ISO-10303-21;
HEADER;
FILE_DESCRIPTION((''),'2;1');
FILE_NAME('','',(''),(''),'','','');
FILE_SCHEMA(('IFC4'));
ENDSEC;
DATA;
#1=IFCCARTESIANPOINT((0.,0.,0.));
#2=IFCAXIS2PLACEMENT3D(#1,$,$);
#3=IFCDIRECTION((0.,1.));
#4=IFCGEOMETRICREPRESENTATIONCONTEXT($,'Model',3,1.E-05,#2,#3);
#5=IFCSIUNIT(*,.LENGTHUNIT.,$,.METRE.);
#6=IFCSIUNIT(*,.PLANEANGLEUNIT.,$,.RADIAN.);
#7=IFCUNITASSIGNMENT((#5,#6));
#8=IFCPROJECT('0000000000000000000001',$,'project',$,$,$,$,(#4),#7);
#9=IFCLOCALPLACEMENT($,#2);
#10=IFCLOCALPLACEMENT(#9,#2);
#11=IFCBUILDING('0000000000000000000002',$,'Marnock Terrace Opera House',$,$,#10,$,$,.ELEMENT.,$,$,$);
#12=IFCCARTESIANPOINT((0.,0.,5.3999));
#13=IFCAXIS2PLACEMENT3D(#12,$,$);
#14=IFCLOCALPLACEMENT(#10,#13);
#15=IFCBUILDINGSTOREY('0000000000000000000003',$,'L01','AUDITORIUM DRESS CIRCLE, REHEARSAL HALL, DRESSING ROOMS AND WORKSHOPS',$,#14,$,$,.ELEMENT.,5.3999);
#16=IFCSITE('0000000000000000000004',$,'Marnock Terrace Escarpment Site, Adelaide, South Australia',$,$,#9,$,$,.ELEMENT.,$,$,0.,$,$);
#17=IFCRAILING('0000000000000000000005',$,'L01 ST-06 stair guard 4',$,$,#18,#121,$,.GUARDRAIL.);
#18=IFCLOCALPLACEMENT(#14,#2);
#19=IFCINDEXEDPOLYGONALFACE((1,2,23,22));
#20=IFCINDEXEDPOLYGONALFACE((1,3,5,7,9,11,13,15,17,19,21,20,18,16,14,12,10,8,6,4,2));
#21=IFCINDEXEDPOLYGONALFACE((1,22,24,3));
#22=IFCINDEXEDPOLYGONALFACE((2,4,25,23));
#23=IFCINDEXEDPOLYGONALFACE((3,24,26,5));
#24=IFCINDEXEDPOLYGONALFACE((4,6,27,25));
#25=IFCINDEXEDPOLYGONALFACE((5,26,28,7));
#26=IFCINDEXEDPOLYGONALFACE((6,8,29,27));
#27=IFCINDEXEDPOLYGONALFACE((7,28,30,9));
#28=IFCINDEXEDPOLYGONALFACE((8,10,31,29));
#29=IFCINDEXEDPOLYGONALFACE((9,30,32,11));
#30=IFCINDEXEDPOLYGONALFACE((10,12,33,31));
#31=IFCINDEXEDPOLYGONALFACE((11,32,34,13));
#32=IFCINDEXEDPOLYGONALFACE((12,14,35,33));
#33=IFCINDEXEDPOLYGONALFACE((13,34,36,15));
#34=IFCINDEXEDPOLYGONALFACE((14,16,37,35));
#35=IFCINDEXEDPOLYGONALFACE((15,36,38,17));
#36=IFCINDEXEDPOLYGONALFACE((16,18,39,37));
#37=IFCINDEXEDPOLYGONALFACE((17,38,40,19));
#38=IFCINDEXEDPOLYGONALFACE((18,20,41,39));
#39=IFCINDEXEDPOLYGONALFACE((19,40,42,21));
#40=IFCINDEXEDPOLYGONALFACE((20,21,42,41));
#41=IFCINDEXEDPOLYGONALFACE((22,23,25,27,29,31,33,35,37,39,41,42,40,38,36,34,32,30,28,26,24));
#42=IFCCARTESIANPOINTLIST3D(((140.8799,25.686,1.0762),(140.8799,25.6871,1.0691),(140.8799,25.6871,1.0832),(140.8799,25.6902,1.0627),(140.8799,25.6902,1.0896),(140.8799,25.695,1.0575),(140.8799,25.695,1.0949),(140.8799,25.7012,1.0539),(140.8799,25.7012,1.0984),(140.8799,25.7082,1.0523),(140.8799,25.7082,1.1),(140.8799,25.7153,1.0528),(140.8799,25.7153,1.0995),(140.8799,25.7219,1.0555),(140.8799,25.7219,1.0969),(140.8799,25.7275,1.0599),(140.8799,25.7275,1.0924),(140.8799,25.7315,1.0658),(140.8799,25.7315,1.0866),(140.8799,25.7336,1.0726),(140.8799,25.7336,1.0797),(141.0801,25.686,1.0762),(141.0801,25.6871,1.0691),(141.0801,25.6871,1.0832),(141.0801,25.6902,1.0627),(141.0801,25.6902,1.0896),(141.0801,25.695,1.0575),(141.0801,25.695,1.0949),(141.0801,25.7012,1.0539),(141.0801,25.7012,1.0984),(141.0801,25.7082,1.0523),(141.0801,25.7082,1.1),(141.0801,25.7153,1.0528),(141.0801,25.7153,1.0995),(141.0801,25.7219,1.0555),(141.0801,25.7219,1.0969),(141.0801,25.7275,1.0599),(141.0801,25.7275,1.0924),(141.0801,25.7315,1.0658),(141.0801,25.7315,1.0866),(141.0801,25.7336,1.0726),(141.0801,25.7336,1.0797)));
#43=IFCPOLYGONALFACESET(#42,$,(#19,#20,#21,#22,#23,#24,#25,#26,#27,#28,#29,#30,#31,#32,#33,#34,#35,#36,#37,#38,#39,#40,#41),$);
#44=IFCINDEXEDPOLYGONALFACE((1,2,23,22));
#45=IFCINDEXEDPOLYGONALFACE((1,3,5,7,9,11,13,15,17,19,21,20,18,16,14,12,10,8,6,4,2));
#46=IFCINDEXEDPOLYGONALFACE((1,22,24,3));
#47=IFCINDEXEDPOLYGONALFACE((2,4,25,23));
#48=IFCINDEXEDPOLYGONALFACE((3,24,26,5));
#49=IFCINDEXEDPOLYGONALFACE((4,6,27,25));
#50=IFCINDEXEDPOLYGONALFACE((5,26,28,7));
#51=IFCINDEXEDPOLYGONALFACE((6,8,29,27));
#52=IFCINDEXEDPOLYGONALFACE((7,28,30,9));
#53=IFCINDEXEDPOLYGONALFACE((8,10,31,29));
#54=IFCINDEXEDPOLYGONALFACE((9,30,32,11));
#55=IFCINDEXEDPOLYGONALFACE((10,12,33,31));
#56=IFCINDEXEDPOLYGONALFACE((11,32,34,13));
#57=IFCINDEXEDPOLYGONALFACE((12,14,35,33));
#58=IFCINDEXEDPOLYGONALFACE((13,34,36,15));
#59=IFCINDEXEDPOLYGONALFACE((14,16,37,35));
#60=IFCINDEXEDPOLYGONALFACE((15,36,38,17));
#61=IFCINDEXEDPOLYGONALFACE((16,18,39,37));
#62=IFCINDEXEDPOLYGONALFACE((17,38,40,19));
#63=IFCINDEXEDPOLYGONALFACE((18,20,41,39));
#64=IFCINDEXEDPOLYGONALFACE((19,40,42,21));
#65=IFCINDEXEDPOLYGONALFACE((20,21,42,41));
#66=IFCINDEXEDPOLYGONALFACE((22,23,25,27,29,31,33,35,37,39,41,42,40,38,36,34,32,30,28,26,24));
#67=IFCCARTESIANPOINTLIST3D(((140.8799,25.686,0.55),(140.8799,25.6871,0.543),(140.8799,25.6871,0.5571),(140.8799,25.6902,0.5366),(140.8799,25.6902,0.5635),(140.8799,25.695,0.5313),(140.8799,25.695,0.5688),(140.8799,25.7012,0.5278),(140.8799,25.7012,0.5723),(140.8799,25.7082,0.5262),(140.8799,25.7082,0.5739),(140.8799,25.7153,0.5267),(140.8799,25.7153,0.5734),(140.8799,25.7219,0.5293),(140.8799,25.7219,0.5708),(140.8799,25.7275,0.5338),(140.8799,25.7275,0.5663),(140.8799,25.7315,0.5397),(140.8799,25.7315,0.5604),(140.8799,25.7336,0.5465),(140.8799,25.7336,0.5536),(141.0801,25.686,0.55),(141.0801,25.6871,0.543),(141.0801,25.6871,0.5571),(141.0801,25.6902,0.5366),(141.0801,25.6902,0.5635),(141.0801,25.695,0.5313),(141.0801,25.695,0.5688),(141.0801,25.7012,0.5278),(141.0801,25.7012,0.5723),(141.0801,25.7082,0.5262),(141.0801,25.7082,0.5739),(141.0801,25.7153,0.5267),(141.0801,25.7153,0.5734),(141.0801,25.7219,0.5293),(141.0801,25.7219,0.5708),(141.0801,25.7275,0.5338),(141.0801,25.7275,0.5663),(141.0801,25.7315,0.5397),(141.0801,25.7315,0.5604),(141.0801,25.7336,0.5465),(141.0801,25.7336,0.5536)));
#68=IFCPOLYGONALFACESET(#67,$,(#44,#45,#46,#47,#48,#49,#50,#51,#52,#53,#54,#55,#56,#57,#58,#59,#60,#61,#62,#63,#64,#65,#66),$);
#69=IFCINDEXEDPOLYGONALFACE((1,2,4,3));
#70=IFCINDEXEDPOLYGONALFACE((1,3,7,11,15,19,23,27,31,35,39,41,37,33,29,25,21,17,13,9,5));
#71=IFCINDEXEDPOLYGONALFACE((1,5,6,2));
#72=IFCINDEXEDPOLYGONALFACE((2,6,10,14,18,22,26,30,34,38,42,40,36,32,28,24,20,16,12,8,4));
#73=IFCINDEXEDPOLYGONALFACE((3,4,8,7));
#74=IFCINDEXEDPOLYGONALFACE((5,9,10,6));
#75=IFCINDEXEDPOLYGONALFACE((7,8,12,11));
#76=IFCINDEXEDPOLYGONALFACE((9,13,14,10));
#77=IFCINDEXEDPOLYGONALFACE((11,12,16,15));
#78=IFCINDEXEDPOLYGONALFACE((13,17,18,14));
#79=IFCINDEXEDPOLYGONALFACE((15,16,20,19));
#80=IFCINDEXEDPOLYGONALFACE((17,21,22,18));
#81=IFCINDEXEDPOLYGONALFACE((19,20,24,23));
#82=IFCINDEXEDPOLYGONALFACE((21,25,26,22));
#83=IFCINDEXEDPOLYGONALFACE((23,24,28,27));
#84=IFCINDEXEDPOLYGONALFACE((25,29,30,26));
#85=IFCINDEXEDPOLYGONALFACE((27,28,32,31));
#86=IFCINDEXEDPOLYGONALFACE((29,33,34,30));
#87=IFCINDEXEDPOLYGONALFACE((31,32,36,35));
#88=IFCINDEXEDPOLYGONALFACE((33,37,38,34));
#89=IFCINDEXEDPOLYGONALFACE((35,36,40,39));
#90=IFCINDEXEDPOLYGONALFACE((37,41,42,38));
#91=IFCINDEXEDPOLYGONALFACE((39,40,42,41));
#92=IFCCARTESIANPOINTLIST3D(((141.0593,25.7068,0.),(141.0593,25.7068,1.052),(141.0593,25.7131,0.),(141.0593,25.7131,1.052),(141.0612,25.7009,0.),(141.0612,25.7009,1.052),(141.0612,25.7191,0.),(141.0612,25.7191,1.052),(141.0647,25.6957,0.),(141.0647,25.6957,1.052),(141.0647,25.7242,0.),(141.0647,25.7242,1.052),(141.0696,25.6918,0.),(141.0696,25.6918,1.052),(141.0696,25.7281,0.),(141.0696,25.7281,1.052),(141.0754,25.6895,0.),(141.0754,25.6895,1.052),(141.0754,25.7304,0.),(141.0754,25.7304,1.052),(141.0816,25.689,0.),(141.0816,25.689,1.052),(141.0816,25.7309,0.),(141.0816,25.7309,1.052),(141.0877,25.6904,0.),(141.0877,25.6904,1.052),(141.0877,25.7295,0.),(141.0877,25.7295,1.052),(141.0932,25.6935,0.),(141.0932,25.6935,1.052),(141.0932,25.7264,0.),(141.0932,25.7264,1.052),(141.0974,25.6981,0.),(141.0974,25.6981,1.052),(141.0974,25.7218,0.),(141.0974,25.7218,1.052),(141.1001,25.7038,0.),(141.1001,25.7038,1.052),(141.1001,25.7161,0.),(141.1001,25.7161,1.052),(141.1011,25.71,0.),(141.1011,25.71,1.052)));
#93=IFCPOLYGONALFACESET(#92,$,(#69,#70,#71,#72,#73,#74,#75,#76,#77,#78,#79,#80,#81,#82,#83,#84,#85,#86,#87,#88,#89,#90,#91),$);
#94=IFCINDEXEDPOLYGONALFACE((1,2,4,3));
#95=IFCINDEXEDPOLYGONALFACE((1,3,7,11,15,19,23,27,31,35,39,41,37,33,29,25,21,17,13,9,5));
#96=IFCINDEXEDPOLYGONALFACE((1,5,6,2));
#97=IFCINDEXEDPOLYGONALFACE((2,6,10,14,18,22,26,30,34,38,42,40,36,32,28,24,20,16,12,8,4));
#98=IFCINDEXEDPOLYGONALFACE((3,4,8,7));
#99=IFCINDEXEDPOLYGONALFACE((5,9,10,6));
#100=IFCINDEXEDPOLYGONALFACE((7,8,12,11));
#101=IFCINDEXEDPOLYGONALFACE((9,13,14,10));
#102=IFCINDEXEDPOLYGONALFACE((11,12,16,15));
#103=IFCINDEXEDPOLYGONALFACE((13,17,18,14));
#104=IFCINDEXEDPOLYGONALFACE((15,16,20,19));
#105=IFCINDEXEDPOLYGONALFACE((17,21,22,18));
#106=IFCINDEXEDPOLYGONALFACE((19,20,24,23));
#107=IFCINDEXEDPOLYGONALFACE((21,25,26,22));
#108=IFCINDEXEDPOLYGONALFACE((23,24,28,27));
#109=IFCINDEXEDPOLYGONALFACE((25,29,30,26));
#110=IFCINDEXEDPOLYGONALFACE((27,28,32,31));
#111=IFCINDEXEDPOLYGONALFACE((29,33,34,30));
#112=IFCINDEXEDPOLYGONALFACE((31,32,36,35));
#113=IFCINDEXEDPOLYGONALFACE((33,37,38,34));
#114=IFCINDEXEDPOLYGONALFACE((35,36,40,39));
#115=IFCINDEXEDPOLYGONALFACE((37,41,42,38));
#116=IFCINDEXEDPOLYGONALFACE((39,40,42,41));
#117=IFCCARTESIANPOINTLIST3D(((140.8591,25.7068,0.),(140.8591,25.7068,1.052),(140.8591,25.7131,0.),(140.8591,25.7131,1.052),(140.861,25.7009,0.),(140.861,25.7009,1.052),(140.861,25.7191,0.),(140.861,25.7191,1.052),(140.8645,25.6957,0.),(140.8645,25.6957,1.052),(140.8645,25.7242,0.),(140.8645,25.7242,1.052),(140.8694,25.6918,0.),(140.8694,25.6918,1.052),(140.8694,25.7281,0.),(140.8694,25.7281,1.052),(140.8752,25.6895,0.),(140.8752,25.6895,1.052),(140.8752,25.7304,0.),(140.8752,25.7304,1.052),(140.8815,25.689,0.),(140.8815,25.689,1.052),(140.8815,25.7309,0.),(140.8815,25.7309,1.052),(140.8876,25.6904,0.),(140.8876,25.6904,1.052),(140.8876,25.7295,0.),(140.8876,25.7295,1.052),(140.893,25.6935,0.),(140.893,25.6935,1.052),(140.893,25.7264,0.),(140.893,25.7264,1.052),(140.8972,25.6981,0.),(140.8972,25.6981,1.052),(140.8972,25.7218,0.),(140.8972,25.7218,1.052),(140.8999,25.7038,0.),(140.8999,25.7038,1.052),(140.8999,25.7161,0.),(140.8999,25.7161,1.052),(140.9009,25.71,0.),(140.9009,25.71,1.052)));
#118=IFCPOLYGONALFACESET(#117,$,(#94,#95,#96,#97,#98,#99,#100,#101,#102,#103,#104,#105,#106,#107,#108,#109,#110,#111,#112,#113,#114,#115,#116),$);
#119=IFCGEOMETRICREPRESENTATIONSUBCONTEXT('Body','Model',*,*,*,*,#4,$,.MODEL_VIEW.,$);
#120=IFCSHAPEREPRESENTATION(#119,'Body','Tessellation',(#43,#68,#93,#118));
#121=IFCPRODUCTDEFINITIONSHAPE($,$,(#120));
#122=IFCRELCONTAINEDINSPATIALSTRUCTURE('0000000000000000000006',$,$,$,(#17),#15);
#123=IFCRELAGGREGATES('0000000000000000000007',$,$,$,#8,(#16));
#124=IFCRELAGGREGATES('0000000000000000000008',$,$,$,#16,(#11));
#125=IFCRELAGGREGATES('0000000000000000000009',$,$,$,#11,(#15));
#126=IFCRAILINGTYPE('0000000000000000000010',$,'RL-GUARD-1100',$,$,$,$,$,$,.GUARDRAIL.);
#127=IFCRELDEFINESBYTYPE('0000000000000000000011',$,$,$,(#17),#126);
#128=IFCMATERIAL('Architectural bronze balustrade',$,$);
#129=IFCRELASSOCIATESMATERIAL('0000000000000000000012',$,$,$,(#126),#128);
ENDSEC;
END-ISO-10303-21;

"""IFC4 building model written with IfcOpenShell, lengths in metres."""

from ifc_helpers import new_model, si_unit, direction, frame, origin, origin_2d, place, context, subcontext, project, spatial, circle, extrude, material, type_object, element, save


model = new_model("IFC4")

# Units and contexts
model_context = context("Model", 3, precision=1e-05, world=origin(), true_north=direction((0.0, 1.0)))
body_context = subcontext(model_context, "Body", "Model", "MODEL_VIEW")
ifc_project = project(units=[si_unit("LENGTHUNIT", "METRE"), si_unit("PLANEANGLEUNIT", "RADIAN")], contexts=[model_context])

# Site, building, storey
site_placement = place(None, origin())
site = spatial("IfcSite", under=ifc_project, at=site_placement, Name="Marnock Terrace Escarpment Site, Adelaide, South Australia", CompositionType="ELEMENT", RefElevation=0.0)
building_placement = place(site_placement, origin())
building = spatial("IfcBuilding", under=site, at=building_placement, Name="Marnock Terrace Opera House", CompositionType="ELEMENT")
storey_placement = place(building_placement, frame((0.0, 0.0, 5.3999)))
storey = spatial("IfcBuildingStorey", under=building, at=storey_placement, Name="L01", Description="AUDITORIUM DRESS CIRCLE, REHEARSAL HALL, DRESSING ROOMS AND WORKSHOPS", CompositionType="ELEMENT", Elevation=5.3999)

# Railing
ifc_material_1 = material(Name="Architectural bronze balustrade")
railing_type_1 = type_object("IfcRailingType", Name="RL-GUARD-1100", PredefinedType="GUARDRAIL", material=ifc_material_1)
railing_1_placement = place(storey_placement, frame((141.0801, 25.71, 0.0)))
element("IfcRailing", 1, at=railing_1_placement, inside=storey, type_object=railing_type_1, Name="L01 ST-06 stair guard 4", PredefinedType="GUARDRAIL", context=body_context, shape_type="SweptSolid", body=[
    extrude(circle(Radius=0.0239, at=origin_2d()), frame((0.0, 0.0, 1.0762), z_axis=(-1.0, 0.0, 0.0), x_axis=(0.0, -1.0, 0.0)), (0.0, 0.0, 1.0), 0.2002),
    extrude(circle(Radius=0.0239, at=origin_2d()), frame((0.0, 0.0, 0.55), z_axis=(-1.0, 0.0, 0.0), x_axis=(0.0, -1.0, 0.0)), (0.0, 0.0, 1.0), 0.2002),
    extrude(circle(Radius=0.021, at=origin_2d()), origin(), (0.0, 0.0, 1.0), 1.052),
    extrude(circle(Radius=0.021, at=origin_2d()), frame((-0.2002, 0.0, 0.0)), (0.0, 0.0, 1.0), 1.052),
])

save(model, "model.ifc")
